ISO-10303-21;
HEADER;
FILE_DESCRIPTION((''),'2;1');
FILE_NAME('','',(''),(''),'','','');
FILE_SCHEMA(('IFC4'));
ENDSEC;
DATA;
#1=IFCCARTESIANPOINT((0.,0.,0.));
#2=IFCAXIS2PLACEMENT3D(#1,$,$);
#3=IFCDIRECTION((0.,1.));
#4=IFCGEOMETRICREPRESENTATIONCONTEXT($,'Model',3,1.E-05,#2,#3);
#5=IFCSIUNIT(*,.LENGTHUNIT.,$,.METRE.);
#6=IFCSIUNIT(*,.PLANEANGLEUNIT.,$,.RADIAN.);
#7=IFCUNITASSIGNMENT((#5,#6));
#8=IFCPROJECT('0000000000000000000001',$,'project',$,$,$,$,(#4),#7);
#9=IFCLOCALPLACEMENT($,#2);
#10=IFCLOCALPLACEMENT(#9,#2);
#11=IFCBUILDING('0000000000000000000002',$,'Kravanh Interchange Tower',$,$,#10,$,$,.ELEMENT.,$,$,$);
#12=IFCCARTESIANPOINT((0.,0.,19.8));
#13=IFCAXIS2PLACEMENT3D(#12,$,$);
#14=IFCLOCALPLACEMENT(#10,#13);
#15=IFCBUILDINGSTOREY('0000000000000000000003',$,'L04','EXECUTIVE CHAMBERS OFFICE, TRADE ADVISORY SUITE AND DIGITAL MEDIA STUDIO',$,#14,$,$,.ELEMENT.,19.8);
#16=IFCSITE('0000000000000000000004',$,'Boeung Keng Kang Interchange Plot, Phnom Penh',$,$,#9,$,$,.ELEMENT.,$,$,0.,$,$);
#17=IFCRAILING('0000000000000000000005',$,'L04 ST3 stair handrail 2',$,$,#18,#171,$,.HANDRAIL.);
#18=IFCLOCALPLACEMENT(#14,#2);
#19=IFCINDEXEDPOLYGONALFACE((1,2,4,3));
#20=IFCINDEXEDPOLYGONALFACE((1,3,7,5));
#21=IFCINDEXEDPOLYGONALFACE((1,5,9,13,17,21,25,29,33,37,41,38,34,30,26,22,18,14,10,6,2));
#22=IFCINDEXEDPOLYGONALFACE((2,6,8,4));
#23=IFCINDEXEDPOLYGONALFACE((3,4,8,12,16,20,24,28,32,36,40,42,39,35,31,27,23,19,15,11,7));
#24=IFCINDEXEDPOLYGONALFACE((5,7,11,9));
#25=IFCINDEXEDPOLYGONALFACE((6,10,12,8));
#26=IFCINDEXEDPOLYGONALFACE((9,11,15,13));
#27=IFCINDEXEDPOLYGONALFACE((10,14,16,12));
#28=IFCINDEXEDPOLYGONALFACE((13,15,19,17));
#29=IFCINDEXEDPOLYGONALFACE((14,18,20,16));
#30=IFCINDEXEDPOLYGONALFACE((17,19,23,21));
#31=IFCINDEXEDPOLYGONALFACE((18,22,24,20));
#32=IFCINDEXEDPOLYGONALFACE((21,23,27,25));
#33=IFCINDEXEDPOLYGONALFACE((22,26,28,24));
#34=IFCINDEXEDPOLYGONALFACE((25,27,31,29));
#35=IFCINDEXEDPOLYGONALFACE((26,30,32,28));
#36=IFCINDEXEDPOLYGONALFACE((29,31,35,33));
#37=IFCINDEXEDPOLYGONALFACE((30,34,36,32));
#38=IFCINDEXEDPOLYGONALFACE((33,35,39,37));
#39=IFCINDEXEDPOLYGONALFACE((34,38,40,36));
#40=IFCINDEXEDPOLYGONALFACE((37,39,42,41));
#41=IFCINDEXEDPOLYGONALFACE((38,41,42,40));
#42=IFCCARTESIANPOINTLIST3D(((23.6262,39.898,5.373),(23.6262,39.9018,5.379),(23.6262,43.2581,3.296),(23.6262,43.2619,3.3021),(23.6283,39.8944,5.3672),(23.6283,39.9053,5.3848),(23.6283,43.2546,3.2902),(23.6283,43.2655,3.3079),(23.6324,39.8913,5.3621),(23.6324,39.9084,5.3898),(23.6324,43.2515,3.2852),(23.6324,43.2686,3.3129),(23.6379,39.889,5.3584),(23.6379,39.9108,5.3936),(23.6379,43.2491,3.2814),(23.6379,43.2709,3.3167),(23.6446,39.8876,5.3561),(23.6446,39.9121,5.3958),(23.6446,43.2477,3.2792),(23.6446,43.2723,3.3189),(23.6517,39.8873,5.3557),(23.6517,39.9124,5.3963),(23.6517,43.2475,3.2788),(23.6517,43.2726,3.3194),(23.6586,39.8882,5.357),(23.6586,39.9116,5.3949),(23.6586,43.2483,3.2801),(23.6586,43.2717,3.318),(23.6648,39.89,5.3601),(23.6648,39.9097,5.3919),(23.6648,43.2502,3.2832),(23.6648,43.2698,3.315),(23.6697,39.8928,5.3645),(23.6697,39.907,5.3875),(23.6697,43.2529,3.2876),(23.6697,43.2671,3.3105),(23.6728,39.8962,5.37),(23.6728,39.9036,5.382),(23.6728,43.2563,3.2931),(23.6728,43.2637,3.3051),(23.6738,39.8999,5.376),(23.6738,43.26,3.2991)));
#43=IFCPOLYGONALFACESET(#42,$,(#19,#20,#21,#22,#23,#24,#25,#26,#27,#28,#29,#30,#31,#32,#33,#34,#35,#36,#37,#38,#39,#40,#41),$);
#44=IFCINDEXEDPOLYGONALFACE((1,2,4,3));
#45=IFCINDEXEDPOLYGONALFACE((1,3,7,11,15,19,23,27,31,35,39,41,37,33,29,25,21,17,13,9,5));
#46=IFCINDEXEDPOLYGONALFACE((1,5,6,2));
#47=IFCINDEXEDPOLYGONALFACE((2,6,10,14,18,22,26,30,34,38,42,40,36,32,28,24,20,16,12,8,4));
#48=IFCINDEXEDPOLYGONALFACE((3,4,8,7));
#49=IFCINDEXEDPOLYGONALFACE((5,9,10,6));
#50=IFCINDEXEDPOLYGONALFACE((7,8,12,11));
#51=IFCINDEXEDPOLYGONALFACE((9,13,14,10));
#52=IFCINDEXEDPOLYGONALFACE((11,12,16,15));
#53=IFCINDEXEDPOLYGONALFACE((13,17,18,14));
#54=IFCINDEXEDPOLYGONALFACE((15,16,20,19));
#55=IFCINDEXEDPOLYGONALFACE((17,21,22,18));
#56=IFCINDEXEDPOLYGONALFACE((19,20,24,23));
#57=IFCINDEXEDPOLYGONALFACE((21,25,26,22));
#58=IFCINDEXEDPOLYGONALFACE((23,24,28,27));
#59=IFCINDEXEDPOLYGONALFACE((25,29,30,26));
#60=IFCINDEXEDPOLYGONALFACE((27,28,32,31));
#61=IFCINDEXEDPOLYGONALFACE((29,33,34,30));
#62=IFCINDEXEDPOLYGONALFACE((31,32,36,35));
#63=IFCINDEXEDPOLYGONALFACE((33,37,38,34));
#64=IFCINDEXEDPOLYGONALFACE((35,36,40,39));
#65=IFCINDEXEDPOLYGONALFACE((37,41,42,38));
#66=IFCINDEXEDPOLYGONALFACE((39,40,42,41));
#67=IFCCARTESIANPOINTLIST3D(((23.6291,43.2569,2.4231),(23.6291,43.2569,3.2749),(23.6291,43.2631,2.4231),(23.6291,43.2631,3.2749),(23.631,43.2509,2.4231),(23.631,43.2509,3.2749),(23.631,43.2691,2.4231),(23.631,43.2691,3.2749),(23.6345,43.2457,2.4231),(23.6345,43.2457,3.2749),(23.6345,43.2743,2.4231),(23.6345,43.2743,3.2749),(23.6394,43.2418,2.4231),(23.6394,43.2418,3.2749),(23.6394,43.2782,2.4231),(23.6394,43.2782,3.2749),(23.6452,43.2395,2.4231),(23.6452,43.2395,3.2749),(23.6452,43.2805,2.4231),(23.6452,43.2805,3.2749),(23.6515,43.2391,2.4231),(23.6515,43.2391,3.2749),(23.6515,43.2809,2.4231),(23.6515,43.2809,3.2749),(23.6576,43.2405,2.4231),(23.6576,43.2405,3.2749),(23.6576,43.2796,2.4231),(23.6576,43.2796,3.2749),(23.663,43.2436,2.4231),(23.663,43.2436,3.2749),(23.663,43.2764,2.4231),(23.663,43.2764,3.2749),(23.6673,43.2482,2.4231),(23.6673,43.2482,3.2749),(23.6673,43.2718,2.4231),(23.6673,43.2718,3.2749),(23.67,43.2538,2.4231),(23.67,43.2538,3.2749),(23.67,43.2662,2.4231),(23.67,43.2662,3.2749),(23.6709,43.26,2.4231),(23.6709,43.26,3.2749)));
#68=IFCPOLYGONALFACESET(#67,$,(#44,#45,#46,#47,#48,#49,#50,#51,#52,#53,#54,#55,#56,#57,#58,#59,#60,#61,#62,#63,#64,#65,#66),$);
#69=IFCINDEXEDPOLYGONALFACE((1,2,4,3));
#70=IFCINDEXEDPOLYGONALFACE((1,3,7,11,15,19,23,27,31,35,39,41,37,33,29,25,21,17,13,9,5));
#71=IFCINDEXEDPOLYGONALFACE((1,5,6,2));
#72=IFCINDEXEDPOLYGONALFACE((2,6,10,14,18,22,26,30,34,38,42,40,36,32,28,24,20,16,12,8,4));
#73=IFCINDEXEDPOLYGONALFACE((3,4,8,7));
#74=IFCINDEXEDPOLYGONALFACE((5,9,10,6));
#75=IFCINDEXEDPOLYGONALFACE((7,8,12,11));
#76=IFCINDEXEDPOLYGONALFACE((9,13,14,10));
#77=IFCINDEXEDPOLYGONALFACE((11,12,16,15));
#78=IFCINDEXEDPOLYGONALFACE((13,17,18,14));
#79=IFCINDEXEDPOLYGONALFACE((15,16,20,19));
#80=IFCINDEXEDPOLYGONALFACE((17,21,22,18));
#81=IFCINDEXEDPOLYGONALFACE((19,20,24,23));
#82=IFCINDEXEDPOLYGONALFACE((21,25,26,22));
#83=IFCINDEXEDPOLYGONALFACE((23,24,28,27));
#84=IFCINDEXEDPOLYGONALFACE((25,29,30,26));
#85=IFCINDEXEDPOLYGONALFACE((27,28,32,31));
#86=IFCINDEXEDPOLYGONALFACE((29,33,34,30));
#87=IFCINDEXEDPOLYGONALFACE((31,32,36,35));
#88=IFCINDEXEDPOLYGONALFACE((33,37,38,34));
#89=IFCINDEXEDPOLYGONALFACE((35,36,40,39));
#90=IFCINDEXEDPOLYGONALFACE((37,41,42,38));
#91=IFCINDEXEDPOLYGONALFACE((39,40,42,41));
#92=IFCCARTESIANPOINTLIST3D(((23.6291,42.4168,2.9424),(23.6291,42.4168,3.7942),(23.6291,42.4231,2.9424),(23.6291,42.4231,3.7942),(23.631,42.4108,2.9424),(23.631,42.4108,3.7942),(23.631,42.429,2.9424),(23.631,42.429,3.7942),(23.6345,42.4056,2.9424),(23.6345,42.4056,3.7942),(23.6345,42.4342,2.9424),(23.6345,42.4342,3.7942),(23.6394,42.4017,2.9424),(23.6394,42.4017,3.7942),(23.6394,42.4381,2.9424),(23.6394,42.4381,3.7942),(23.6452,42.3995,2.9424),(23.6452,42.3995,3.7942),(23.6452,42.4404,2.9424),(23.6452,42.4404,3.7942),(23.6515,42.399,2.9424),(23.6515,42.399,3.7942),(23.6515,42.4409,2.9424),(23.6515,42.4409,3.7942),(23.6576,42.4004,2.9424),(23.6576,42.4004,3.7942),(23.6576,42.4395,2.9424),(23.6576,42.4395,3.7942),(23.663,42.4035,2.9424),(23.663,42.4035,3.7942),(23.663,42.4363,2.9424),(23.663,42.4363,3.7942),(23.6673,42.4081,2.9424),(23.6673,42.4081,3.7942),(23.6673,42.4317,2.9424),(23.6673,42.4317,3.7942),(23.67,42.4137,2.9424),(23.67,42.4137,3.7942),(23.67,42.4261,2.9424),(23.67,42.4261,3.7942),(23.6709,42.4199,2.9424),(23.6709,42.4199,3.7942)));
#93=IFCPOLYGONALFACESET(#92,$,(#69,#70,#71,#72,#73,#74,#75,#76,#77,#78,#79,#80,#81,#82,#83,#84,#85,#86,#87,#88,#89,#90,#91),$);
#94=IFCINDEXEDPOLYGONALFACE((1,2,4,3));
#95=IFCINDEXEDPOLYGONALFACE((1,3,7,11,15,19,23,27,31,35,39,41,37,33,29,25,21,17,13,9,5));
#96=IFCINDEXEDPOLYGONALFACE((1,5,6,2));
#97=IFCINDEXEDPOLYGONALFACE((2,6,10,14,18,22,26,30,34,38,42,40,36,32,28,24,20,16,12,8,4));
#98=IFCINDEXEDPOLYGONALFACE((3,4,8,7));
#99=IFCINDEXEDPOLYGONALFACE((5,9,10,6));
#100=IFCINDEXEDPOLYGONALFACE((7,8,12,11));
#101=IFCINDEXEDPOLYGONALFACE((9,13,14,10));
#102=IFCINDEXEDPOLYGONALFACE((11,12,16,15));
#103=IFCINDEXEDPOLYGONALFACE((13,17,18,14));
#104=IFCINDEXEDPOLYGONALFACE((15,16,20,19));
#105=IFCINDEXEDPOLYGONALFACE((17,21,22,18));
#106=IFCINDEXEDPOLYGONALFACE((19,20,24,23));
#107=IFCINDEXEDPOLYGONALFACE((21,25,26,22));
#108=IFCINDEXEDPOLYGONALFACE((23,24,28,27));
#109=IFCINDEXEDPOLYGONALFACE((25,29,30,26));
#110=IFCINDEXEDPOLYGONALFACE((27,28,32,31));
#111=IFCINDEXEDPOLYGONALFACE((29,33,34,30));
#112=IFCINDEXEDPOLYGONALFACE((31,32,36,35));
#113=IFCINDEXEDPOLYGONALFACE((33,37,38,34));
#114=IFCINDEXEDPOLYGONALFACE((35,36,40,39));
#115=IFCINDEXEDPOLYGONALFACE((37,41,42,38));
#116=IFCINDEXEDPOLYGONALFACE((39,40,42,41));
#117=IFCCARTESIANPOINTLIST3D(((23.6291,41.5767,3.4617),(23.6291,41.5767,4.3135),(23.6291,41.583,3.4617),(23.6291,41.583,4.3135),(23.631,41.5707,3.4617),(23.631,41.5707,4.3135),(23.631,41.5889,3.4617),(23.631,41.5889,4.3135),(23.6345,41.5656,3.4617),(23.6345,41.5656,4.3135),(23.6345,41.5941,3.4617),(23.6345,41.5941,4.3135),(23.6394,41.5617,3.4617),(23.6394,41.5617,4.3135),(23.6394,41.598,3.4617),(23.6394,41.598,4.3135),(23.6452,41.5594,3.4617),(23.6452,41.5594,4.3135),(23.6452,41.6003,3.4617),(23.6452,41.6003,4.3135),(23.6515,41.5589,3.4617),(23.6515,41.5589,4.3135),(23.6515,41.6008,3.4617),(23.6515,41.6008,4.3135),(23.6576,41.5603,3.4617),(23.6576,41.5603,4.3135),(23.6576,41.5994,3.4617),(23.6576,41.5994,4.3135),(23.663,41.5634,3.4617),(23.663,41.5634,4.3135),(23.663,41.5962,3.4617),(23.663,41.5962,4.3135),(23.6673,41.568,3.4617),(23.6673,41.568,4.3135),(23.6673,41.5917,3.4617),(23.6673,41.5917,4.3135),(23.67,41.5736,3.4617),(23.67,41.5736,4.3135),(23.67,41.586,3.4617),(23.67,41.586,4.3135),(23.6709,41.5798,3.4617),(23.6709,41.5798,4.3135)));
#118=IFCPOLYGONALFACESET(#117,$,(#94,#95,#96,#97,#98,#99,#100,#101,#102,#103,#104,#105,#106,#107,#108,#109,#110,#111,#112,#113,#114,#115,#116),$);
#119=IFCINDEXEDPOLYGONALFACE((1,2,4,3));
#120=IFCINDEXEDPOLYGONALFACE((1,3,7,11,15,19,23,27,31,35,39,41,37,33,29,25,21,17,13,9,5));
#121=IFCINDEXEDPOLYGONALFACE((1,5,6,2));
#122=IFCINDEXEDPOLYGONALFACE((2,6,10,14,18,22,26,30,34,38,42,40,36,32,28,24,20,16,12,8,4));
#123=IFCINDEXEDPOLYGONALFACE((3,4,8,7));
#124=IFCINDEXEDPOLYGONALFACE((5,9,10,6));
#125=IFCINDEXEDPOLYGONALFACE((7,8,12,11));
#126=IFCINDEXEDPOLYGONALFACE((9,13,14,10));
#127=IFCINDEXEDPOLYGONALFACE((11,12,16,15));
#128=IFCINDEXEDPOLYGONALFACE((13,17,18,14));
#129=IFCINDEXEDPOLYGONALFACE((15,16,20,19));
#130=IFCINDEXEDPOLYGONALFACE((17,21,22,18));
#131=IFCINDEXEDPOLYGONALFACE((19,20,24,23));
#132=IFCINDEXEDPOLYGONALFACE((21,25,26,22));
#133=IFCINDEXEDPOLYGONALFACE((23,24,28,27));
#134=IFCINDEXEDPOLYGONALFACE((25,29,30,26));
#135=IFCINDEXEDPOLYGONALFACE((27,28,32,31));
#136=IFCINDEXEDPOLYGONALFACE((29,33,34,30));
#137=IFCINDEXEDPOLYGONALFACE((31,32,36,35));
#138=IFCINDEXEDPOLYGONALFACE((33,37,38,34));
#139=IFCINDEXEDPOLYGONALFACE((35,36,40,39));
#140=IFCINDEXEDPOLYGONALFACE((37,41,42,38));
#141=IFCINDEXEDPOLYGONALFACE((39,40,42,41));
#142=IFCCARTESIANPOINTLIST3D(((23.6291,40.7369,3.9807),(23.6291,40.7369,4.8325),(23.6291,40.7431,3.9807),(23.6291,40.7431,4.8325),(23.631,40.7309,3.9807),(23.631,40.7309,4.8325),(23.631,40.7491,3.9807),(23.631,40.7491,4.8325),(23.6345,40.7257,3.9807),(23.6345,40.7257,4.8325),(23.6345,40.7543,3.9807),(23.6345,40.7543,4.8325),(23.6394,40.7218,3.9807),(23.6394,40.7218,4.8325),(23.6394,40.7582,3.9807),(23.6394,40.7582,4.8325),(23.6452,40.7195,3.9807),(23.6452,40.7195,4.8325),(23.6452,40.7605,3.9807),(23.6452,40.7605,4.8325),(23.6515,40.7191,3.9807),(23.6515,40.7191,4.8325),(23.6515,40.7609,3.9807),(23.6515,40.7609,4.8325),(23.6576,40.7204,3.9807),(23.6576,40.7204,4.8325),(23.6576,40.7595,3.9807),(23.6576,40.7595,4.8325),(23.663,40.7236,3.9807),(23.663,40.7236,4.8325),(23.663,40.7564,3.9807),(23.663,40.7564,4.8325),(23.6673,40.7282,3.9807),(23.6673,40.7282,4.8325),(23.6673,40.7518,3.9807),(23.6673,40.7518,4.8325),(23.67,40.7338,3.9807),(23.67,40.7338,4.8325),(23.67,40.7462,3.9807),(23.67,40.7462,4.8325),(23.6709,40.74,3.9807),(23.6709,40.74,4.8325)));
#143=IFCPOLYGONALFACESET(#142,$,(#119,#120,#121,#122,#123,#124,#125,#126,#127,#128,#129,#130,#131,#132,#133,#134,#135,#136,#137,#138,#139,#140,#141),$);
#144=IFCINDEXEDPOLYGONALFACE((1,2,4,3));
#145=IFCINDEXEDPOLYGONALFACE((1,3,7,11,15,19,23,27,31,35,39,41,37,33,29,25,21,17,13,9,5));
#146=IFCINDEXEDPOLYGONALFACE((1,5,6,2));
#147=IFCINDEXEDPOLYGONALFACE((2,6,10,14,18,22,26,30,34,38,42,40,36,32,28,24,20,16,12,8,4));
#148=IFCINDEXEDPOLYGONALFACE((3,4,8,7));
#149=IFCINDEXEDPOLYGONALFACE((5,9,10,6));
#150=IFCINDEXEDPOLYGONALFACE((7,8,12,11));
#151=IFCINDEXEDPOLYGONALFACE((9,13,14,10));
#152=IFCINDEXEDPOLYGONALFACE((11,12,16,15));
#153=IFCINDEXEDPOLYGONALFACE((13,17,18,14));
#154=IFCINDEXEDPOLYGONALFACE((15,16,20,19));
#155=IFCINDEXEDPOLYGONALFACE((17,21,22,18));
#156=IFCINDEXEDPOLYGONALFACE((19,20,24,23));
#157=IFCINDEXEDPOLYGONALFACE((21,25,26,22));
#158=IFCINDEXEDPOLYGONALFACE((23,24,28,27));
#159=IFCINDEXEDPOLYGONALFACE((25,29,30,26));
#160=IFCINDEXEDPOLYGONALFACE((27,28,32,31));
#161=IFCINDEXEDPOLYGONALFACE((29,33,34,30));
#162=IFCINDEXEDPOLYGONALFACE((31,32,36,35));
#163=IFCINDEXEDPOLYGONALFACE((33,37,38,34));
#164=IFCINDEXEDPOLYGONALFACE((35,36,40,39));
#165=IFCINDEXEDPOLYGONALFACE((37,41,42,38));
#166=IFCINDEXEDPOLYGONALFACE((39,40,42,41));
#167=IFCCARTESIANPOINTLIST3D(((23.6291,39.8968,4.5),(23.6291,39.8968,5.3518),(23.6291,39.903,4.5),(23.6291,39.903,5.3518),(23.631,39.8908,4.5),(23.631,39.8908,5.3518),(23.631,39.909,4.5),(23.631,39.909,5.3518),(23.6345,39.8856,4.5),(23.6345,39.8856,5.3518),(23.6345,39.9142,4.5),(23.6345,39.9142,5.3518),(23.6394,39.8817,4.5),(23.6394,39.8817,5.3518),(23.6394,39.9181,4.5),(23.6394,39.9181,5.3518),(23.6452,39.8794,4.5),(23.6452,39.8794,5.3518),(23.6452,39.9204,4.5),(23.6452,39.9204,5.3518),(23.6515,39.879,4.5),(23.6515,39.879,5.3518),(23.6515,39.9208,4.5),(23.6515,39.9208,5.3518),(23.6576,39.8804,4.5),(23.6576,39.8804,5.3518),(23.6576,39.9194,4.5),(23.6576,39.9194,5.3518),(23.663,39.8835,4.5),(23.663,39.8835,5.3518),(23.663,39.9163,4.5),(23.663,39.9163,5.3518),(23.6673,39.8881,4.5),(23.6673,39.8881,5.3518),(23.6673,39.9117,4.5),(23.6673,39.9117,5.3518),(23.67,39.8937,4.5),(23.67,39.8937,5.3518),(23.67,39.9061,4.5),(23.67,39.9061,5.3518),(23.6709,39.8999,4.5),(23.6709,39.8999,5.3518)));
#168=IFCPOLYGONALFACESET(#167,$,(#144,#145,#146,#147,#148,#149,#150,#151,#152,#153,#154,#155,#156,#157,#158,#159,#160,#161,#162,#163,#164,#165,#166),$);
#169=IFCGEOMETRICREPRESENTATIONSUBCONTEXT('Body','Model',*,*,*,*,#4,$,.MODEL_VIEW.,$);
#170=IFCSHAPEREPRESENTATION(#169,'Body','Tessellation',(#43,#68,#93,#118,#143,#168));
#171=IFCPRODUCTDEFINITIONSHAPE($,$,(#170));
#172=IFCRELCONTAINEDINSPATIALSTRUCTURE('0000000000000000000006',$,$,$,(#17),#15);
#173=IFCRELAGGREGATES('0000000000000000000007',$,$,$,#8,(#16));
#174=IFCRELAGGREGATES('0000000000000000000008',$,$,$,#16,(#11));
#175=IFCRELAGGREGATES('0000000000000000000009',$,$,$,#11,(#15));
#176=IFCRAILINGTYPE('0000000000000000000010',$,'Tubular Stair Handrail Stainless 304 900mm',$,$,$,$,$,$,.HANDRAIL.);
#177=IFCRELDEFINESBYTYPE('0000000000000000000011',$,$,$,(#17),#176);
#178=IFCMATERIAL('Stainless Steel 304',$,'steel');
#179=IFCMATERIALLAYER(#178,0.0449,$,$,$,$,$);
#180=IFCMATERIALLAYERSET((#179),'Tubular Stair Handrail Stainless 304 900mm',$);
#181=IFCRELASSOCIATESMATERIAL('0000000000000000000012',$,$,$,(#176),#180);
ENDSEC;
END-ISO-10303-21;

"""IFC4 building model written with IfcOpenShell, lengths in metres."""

from ifc_helpers import new_model, si_unit, direction, frame, origin, origin_2d, place, context, subcontext, project, spatial, circle, extrude, material, layer, layer_set, type_object, element, save


model = new_model("IFC4")

# Units and contexts
model_context = context("Model", 3, precision=1e-05, world=origin(), true_north=direction((0.0, 1.0)))
body_context = subcontext(model_context, "Body", "Model", "MODEL_VIEW")
ifc_project = project(units=[si_unit("LENGTHUNIT", "METRE"), si_unit("PLANEANGLEUNIT", "RADIAN")], contexts=[model_context])

# Site, building, storey
site_placement = place(None, origin())
site = spatial("IfcSite", under=ifc_project, at=site_placement, Name="Boeung Keng Kang Interchange Plot, Phnom Penh", CompositionType="ELEMENT", RefElevation=0.0)
building_placement = place(site_placement, origin())
building = spatial("IfcBuilding", under=site, at=building_placement, Name="Kravanh Interchange Tower", CompositionType="ELEMENT")
storey_placement = place(building_placement, frame((0.0, 0.0, 19.8)))
storey = spatial("IfcBuildingStorey", under=building, at=storey_placement, Name="L04", Description="EXECUTIVE CHAMBERS OFFICE, TRADE ADVISORY SUITE AND DIGITAL MEDIA STUDIO", CompositionType="ELEMENT", Elevation=19.8)

# Railing
ifc_material_1 = material(Name="Stainless Steel 304", Category="steel")
ifc_layer_1 = layer(ifc_material_1, 0.0449)
ifc_layer_set_1 = layer_set([ifc_layer_1], Name="Tubular Stair Handrail Stainless 304 900mm")
railing_type_1 = type_object("IfcRailingType", Name="Tubular Stair Handrail Stainless 304 900mm", PredefinedType="HANDRAIL", material=ifc_layer_set_1)
railing_1_placement = place(storey_placement, frame((23.6499, 43.26, 2.4231)))
element("IfcRailing", 1, at=railing_1_placement, inside=storey, type_object=railing_type_1, Name="L04 ST3 stair handrail 2", PredefinedType="HANDRAIL", context=body_context, shape_type="SweptSolid", body=[
    extrude(circle(Radius=0.0239, at=origin_2d()), frame((0.0, 0.0, 0.876), z_axis=(0.0, -0.850623, 0.525776), x_axis=(1.0, 0.0, 0.0)), (0.0, 0.0, 1.0), 3.9502),
    extrude(circle(Radius=0.021, at=origin_2d()), origin(), (0.0, 0.0, 1.0), 0.8518),
    extrude(circle(Radius=0.021, at=origin_2d()), frame((0.0, -0.8401, 0.5193)), (0.0, 0.0, 1.0), 0.8518),
    extrude(circle(Radius=0.021, at=origin_2d()), frame((0.0, -1.6802, 1.0386)), (0.0, 0.0, 1.0), 0.8518),
    extrude(circle(Radius=0.021, at=origin_2d()), frame((0.0, -2.52, 1.5576)), (0.0, 0.0, 1.0), 0.8518),
    extrude(circle(Radius=0.021, at=origin_2d()), frame((0.0, -3.3601, 2.0769)), (0.0, 0.0, 1.0), 0.8518),
])

save(model, "model.ifc")
